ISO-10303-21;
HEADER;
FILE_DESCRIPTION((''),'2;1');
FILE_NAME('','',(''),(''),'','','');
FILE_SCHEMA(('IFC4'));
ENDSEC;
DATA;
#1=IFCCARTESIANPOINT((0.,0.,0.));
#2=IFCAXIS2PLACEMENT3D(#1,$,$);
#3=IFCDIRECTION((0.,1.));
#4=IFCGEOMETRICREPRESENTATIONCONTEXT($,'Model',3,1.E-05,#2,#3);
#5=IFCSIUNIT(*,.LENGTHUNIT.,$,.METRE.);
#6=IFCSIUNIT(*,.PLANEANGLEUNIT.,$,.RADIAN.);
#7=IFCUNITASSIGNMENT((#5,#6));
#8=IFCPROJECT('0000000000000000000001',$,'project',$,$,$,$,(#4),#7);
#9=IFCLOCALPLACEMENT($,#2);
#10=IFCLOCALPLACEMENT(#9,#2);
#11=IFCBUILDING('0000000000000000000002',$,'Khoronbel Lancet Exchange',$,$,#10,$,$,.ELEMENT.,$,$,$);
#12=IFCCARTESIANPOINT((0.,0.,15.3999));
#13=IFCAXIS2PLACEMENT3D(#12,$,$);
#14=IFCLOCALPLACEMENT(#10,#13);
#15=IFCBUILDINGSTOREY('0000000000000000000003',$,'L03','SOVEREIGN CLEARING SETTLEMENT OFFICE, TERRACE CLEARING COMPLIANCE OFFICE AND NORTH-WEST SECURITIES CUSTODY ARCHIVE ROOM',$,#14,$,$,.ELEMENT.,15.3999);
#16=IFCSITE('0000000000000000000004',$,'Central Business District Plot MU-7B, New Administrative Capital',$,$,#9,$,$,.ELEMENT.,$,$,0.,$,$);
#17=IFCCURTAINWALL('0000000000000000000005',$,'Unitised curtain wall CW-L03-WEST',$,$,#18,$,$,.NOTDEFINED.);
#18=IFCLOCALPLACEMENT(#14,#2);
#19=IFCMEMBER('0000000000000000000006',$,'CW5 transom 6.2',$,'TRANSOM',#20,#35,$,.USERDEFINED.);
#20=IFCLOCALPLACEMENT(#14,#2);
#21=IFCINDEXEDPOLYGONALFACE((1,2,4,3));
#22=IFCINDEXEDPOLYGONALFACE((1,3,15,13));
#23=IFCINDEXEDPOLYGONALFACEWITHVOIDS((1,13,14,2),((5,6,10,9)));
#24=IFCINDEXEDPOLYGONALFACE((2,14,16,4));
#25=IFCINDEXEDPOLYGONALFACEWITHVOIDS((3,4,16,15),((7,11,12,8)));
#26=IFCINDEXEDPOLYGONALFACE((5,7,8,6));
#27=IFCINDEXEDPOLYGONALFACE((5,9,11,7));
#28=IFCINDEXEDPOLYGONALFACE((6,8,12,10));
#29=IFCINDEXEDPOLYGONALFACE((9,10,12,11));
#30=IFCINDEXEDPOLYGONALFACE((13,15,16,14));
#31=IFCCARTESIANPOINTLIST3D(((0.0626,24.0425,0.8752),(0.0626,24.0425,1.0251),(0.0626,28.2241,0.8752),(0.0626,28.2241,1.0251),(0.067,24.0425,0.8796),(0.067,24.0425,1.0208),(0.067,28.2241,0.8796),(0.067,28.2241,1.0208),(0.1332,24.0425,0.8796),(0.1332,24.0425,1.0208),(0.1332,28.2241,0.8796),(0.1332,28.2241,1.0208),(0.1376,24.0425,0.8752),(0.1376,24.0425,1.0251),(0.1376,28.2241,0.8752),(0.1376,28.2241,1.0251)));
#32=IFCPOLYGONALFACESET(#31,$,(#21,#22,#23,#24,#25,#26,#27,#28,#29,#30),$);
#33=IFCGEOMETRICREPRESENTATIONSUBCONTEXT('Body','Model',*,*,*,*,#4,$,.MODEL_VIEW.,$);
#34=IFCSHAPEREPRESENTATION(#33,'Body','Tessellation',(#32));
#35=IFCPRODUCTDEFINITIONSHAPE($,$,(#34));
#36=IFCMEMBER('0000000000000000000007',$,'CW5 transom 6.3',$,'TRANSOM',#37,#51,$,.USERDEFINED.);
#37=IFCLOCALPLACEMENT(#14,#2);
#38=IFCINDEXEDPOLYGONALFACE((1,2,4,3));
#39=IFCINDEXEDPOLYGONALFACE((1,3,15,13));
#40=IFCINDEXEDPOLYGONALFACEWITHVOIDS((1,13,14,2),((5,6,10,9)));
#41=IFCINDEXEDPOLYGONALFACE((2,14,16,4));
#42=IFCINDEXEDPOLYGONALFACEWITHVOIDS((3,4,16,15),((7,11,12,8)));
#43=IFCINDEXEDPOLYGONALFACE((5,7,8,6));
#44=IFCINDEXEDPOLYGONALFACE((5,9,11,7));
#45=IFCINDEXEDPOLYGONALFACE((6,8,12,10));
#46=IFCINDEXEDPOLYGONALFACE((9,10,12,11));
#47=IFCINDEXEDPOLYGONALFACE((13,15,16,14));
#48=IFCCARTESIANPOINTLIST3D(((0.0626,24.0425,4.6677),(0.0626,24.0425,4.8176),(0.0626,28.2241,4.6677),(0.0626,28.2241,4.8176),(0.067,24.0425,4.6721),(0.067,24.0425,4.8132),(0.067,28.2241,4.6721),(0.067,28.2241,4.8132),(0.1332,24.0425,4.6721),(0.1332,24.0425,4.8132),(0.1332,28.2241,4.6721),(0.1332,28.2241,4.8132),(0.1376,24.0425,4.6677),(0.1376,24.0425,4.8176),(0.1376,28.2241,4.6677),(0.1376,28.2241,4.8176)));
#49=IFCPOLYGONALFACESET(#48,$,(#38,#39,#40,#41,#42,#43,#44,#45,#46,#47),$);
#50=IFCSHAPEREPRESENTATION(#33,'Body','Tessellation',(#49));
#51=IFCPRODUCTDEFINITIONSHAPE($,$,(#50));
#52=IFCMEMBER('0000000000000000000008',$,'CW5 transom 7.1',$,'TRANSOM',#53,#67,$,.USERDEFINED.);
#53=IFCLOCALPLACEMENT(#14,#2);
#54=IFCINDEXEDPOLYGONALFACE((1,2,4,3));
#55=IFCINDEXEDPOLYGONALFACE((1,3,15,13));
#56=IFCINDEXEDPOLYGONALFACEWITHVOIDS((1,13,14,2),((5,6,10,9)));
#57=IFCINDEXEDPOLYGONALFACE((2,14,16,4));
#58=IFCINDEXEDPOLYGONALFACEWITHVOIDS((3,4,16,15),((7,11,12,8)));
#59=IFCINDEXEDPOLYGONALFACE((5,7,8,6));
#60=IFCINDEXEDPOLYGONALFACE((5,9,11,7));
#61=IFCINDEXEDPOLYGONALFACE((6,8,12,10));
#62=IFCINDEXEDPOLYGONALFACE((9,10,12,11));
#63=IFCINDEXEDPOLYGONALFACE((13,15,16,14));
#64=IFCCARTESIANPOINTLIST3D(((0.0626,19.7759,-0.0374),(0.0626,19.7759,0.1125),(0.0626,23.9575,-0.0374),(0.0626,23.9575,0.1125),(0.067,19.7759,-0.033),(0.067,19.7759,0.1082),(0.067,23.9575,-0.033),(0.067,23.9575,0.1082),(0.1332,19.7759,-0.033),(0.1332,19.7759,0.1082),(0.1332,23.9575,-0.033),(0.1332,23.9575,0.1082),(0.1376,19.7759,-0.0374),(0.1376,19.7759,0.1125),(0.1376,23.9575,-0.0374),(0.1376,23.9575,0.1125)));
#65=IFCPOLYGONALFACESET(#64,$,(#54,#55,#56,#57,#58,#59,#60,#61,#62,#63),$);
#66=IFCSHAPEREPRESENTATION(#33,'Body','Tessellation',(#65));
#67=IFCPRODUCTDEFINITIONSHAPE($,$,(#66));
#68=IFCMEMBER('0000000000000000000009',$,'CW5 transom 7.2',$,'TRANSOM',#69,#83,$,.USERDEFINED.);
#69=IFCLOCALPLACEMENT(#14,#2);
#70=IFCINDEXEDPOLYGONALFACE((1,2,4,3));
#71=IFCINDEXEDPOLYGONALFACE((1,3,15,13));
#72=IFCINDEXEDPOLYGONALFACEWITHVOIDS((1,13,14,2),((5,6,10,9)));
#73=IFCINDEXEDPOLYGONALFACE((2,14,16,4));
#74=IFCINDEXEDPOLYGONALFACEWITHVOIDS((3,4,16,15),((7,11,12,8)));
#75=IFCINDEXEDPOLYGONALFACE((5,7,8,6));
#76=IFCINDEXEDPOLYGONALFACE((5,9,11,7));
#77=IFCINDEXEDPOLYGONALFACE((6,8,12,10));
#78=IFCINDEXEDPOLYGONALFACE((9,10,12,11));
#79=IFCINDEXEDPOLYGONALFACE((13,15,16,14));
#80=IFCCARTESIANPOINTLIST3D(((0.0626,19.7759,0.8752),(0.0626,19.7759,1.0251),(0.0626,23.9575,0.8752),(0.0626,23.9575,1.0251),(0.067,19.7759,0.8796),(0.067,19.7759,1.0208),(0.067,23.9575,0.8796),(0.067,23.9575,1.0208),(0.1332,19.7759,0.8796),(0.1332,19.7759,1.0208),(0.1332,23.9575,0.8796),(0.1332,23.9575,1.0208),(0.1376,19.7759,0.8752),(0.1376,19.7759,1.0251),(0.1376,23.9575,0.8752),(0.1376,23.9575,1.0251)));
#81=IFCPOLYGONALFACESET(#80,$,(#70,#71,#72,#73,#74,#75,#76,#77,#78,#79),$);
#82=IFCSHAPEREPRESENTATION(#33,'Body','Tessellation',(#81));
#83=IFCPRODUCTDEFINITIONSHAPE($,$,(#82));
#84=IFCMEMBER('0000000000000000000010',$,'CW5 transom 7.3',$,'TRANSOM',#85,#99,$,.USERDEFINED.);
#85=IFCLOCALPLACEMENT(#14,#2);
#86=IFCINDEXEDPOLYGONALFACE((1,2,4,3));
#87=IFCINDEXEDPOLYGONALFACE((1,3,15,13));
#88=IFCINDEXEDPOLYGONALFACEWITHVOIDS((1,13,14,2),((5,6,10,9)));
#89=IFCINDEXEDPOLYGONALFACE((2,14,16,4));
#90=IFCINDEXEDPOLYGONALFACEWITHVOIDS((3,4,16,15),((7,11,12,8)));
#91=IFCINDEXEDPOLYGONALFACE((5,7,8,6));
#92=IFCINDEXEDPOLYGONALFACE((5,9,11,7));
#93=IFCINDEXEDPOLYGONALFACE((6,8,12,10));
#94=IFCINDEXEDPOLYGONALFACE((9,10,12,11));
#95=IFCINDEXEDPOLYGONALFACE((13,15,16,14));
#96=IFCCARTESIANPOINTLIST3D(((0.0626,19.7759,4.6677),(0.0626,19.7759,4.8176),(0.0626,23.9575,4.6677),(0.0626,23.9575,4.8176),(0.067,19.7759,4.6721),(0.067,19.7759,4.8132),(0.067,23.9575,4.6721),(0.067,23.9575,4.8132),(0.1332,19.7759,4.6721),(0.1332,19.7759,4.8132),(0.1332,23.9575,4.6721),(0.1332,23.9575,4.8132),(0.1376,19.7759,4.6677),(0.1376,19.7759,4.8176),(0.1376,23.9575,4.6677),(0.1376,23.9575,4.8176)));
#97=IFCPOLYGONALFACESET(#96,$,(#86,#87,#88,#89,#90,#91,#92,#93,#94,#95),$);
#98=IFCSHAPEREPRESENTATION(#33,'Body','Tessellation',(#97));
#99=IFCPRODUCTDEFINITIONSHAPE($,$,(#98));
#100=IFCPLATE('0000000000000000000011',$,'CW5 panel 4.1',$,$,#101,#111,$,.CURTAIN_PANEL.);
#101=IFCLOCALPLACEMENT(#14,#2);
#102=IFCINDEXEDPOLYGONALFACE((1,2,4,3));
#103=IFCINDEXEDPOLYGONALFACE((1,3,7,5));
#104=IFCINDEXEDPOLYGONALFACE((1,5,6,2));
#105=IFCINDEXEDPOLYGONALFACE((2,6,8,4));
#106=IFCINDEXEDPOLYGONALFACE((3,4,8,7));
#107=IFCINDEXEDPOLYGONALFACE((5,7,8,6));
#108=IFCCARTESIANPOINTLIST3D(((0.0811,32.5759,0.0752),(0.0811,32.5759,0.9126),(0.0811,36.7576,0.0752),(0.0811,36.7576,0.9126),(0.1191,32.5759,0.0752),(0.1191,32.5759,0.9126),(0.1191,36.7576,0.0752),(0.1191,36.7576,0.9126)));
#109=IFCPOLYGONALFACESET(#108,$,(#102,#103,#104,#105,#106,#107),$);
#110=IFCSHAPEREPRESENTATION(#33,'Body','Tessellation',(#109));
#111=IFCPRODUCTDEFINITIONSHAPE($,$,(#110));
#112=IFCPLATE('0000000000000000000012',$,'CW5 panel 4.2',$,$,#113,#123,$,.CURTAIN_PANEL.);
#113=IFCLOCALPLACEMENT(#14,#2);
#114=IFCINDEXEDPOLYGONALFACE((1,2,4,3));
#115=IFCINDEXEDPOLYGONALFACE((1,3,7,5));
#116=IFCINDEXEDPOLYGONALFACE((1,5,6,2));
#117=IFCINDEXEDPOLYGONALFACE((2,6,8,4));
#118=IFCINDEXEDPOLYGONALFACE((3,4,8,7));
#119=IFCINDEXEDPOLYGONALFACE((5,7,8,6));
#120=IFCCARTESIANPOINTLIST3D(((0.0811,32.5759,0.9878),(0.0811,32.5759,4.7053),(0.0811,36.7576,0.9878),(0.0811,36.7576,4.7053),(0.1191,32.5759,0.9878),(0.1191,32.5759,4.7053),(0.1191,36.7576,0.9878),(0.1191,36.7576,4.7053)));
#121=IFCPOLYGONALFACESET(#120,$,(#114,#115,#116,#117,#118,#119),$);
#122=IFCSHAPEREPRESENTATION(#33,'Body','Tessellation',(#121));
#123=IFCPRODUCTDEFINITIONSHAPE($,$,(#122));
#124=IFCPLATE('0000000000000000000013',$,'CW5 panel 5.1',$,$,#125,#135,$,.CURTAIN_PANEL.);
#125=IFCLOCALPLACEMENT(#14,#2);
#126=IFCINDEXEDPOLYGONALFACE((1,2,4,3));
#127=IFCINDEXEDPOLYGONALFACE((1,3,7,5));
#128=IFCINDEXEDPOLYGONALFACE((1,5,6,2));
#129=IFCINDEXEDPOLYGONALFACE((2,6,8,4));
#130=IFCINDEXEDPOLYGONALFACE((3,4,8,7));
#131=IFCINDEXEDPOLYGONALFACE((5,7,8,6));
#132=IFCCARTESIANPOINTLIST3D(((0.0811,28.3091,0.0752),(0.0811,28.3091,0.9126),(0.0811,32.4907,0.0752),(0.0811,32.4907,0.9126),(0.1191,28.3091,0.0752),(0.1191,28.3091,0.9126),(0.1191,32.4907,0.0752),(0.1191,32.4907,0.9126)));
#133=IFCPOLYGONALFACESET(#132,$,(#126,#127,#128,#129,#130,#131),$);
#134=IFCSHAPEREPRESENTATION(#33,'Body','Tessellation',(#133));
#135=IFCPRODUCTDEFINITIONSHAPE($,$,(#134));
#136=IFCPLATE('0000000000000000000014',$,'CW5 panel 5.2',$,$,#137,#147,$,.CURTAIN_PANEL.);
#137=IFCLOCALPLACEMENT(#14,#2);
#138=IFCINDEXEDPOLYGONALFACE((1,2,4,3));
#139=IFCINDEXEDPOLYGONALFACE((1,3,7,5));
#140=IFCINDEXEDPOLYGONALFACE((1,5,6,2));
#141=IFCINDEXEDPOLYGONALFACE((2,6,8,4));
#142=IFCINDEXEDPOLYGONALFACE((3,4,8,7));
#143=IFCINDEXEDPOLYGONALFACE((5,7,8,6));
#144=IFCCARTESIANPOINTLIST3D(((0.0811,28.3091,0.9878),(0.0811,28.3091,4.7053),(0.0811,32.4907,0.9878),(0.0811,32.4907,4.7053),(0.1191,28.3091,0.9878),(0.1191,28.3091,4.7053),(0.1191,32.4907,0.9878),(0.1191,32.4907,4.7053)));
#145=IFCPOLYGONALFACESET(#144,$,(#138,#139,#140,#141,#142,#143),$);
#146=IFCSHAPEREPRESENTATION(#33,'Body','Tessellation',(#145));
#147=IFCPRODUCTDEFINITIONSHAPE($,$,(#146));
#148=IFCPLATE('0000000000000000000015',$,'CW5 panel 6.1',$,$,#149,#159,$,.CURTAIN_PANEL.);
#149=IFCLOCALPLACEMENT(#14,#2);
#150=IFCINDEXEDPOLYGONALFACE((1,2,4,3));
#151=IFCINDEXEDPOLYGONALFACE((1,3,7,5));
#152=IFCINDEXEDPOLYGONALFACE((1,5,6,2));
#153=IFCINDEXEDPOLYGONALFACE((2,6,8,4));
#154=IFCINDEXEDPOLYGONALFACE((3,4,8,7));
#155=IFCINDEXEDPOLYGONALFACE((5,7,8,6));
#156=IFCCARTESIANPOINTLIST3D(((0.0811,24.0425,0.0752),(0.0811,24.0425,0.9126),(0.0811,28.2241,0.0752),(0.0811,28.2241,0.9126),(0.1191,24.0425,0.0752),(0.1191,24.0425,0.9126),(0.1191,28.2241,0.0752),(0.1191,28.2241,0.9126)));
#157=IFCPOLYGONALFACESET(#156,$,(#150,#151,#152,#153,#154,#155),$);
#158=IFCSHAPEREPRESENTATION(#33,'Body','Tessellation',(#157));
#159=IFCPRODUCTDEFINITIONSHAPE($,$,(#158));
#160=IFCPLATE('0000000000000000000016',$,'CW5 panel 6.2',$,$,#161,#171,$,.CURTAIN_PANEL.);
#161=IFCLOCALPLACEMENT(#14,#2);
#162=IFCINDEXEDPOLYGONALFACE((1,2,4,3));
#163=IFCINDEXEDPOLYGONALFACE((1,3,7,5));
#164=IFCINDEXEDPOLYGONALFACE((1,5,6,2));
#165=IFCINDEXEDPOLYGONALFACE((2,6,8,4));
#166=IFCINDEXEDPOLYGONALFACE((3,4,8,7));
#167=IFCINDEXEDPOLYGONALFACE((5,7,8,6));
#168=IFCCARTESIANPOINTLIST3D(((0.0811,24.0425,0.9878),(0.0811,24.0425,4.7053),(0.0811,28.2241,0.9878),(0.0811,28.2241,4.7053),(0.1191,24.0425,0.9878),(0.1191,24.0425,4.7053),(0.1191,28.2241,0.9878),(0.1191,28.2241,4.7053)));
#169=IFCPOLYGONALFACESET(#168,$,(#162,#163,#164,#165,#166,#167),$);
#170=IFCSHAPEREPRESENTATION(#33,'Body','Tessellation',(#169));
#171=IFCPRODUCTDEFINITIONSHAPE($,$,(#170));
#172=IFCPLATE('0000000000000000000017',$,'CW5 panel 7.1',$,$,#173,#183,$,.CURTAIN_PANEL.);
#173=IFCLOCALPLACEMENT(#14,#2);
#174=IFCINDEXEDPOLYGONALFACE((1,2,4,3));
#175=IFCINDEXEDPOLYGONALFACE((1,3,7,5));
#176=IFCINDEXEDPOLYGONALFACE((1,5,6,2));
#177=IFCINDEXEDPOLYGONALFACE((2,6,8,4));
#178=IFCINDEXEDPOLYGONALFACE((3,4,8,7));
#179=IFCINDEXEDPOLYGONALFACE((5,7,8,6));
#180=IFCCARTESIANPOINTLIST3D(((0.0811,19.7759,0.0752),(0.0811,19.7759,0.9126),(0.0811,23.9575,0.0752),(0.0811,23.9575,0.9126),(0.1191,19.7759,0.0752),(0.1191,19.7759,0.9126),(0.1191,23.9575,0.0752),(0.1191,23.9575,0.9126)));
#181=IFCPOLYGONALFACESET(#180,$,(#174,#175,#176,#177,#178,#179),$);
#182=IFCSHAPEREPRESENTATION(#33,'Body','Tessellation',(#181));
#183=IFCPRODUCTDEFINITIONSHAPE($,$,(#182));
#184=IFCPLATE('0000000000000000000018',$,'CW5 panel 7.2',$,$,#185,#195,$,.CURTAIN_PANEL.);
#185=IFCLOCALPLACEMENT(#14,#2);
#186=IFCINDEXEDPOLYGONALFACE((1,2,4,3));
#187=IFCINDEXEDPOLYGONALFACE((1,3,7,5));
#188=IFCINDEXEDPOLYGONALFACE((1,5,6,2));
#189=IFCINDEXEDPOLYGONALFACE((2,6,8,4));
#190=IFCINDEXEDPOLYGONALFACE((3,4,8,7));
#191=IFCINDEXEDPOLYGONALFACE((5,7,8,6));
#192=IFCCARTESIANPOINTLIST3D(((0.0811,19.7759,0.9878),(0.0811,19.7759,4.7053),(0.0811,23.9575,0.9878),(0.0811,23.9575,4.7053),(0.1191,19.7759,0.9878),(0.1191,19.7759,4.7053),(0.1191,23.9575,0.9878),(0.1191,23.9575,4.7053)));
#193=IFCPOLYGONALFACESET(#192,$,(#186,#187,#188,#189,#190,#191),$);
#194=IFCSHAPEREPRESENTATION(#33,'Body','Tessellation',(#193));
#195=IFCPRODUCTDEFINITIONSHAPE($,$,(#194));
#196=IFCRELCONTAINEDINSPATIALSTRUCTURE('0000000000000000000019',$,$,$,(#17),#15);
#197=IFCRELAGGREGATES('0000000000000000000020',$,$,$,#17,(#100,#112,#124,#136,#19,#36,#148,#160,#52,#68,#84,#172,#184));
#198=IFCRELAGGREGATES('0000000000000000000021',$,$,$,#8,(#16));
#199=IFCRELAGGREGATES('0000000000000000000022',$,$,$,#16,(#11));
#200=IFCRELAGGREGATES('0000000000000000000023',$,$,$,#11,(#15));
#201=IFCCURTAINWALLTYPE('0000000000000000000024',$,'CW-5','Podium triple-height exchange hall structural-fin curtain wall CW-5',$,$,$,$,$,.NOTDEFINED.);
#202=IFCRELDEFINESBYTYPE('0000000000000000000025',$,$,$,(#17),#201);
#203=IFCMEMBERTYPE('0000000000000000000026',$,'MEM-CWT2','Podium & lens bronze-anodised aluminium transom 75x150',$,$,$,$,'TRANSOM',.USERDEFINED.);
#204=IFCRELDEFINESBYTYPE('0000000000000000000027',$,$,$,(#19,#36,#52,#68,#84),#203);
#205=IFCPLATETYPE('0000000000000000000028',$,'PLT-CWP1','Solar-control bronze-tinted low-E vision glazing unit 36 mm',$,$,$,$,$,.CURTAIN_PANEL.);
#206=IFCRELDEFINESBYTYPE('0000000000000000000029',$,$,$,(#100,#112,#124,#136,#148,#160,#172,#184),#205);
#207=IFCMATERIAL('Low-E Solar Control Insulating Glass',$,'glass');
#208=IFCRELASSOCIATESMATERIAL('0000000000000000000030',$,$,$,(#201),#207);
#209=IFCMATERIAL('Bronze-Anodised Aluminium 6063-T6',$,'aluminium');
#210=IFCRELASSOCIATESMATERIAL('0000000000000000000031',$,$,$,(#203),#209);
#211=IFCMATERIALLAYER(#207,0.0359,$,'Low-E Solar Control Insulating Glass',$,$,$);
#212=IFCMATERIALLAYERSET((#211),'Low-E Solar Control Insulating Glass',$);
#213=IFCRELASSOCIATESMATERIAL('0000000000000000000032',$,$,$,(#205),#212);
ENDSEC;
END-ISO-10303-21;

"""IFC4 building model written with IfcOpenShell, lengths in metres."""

from ifc_helpers import new_model, si_unit, direction, frame, origin, origin_2d, place, context, subcontext, project, spatial, rectangle, hollow_rectangle, extrude, material, layer, layer_set, material_profile, profile_set, type_object, element, aggregate, save


model = new_model("IFC4")

# Units and contexts
model_context = context("Model", 3, precision=1e-05, world=origin(), true_north=direction((0.0, 1.0)))
body_context = subcontext(model_context, "Body", "Model", "MODEL_VIEW")
ifc_project = project(units=[si_unit("LENGTHUNIT", "METRE"), si_unit("PLANEANGLEUNIT", "RADIAN")], contexts=[model_context])

# Site, building, storey
site_placement = place(None, origin())
site = spatial("IfcSite", under=ifc_project, at=site_placement, Name="Central Business District Plot MU-7B, New Administrative Capital", CompositionType="ELEMENT", RefElevation=0.0)
building_placement = place(site_placement, origin())
building = spatial("IfcBuilding", under=site, at=building_placement, Name="Khoronbel Lancet Exchange", CompositionType="ELEMENT")
storey_placement = place(building_placement, frame((0.0, 0.0, 15.3999)))
storey = spatial("IfcBuildingStorey", under=building, at=storey_placement, Name="L03", Description="SOVEREIGN CLEARING SETTLEMENT OFFICE, TERRACE CLEARING COMPLIANCE OFFICE AND NORTH-WEST SECURITIES CUSTODY ARCHIVE ROOM", CompositionType="ELEMENT", Elevation=15.3999)

# Curtain wall, members, plates
ifc_material_1 = material(Name="Low-E Solar Control Insulating Glass", Category="glass")
curtain_wall_type = type_object("IfcCurtainWallType", Name="CW-5", Description="Podium triple-height exchange hall structural-fin curtain wall CW-5", PredefinedType="NOTDEFINED", material=ifc_material_1)
curtain_wall_placement = place(storey_placement, origin())
curtain_wall = element("IfcCurtainWall", 1, at=curtain_wall_placement, inside=storey, type_object=curtain_wall_type, Name="Unitised curtain wall CW-L03-WEST", PredefinedType="NOTDEFINED")
ifc_material_2 = material(Name="Bronze-Anodised Aluminium 6063-T6", Category="aluminium")
ifc_material_profile_1 = material_profile(ifc_material_2, hollow_rectangle(XDim=0.075, YDim=0.1499, WallThickness=0.0044, at=origin_2d()), Name="ALU TRANSOM 75x150")
ifc_profile_set_1 = profile_set([ifc_material_profile_1], Name="Bronze-Anodised Aluminium 6063-T6")
member_type_1 = type_object("IfcMemberType", Name="MEM-CWT2", Description="Podium & lens bronze-anodised aluminium transom 75x150", ElementType="TRANSOM", PredefinedType="USERDEFINED", material=ifc_profile_set_1)
member_1_placement = place(storey_placement, frame((0.1001, 28.2241, 0.9502), z_axis=(0.0, -1.0, 0.0), x_axis=(1.0, 0.0, 0.0)))
member_1 = element("IfcMember", 2, at=member_1_placement, type_object=member_type_1, Name="CW5 transom 6.2", ObjectType="TRANSOM", PredefinedType="USERDEFINED", context=body_context, shape_type="SweptSolid", body=[
    extrude(hollow_rectangle(XDim=0.075, YDim=0.1499, WallThickness=0.0044, at=origin_2d()), origin(), (0.0, 0.0, 1.0), 4.1816),
])
member_2_placement = place(storey_placement, frame((0.1001, 28.2241, 4.7427), z_axis=(0.0, -1.0, 0.0), x_axis=(1.0, 0.0, 0.0)))
member_2 = element("IfcMember", 3, at=member_2_placement, type_object=member_type_1, Name="CW5 transom 6.3", ObjectType="TRANSOM", PredefinedType="USERDEFINED", context=body_context, shape_type="SweptSolid", body=[
    extrude(hollow_rectangle(XDim=0.075, YDim=0.1499, WallThickness=0.0044, at=origin_2d()), origin(), (0.0, 0.0, 1.0), 4.1816),
])
member_3_placement = place(storey_placement, frame((0.1001, 23.9575, 0.0376), z_axis=(0.0, -1.0, 0.0), x_axis=(1.0, 0.0, 0.0)))
member_3 = element("IfcMember", 4, at=member_3_placement, type_object=member_type_1, Name="CW5 transom 7.1", ObjectType="TRANSOM", PredefinedType="USERDEFINED", context=body_context, shape_type="SweptSolid", body=[
    extrude(hollow_rectangle(XDim=0.075, YDim=0.1499, WallThickness=0.0044, at=origin_2d()), origin(), (0.0, 0.0, 1.0), 4.1816),
])
member_4_placement = place(storey_placement, frame((0.1001, 23.9575, 0.9502), z_axis=(0.0, -1.0, 0.0), x_axis=(1.0, 0.0, 0.0)))
member_4 = element("IfcMember", 5, at=member_4_placement, type_object=member_type_1, Name="CW5 transom 7.2", ObjectType="TRANSOM", PredefinedType="USERDEFINED", context=body_context, shape_type="SweptSolid", body=[
    extrude(hollow_rectangle(XDim=0.075, YDim=0.1499, WallThickness=0.0044, at=origin_2d()), origin(), (0.0, 0.0, 1.0), 4.1816),
])
member_5_placement = place(storey_placement, frame((0.1001, 23.9575, 4.7427), z_axis=(0.0, -1.0, 0.0), x_axis=(1.0, 0.0, 0.0)))
member_5 = element("IfcMember", 6, at=member_5_placement, type_object=member_type_1, Name="CW5 transom 7.3", ObjectType="TRANSOM", PredefinedType="USERDEFINED", context=body_context, shape_type="SweptSolid", body=[
    extrude(hollow_rectangle(XDim=0.075, YDim=0.1499, WallThickness=0.0044, at=origin_2d()), origin(), (0.0, 0.0, 1.0), 4.1816),
])
ifc_layer_1 = layer(ifc_material_1, 0.0359, Name="Low-E Solar Control Insulating Glass")
ifc_layer_set_1 = layer_set([ifc_layer_1], Name="Low-E Solar Control Insulating Glass")
plate_type = type_object("IfcPlateType", Name="PLT-CWP1", Description="Solar-control bronze-tinted low-E vision glazing unit 36 mm", PredefinedType="CURTAIN_PANEL", material=ifc_layer_set_1)
plate_1_placement = place(storey_placement, frame((0.1001, 34.6667, 0.0752), z_axis=(0.0, 0.0, 1.0), x_axis=(0.0, -1.0, 0.0)))
plate_1 = element("IfcPlate", 7, at=plate_1_placement, type_object=plate_type, Name="CW5 panel 4.1", PredefinedType="CURTAIN_PANEL", context=body_context, shape_type="SweptSolid", body=[
    extrude(rectangle(XDim=4.1816, YDim=0.0381, at=origin_2d()), origin(), (0.0, 0.0, 1.0), 0.8374),
])
plate_2_placement = place(storey_placement, frame((0.1001, 34.6667, 0.9878), z_axis=(0.0, 0.0, 1.0), x_axis=(0.0, -1.0, 0.0)))
plate_2 = element("IfcPlate", 8, at=plate_2_placement, type_object=plate_type, Name="CW5 panel 4.2", PredefinedType="CURTAIN_PANEL", context=body_context, shape_type="SweptSolid", body=[
    extrude(rectangle(XDim=4.1816, YDim=0.0381, at=origin_2d()), origin(), (0.0, 0.0, 1.0), 3.7175),
])
plate_3_placement = place(storey_placement, frame((0.1001, 30.3999, 0.0752), z_axis=(0.0, 0.0, 1.0), x_axis=(0.0, -1.0, 0.0)))
plate_3 = element("IfcPlate", 9, at=plate_3_placement, type_object=plate_type, Name="CW5 panel 5.1", PredefinedType="CURTAIN_PANEL", context=body_context, shape_type="SweptSolid", body=[
    extrude(rectangle(XDim=4.1816, YDim=0.0381, at=origin_2d()), origin(), (0.0, 0.0, 1.0), 0.8374),
])
plate_4_placement = place(storey_placement, frame((0.1001, 30.3999, 0.9878), z_axis=(0.0, 0.0, 1.0), x_axis=(0.0, -1.0, 0.0)))
plate_4 = element("IfcPlate", 10, at=plate_4_placement, type_object=plate_type, Name="CW5 panel 5.2", PredefinedType="CURTAIN_PANEL", context=body_context, shape_type="SweptSolid", body=[
    extrude(rectangle(XDim=4.1816, YDim=0.0381, at=origin_2d()), origin(), (0.0, 0.0, 1.0), 3.7175),
])
plate_5_placement = place(storey_placement, frame((0.1001, 26.1333, 0.0752), z_axis=(0.0, 0.0, 1.0), x_axis=(0.0, -1.0, 0.0)))
plate_5 = element("IfcPlate", 11, at=plate_5_placement, type_object=plate_type, Name="CW5 panel 6.1", PredefinedType="CURTAIN_PANEL", context=body_context, shape_type="SweptSolid", body=[
    extrude(rectangle(XDim=4.1816, YDim=0.0381, at=origin_2d()), origin(), (0.0, 0.0, 1.0), 0.8374),
])
plate_6_placement = place(storey_placement, frame((0.1001, 26.1333, 0.9878), z_axis=(0.0, 0.0, 1.0), x_axis=(0.0, -1.0, 0.0)))
plate_6 = element("IfcPlate", 12, at=plate_6_placement, type_object=plate_type, Name="CW5 panel 6.2", PredefinedType="CURTAIN_PANEL", context=body_context, shape_type="SweptSolid", body=[
    extrude(rectangle(XDim=4.1816, YDim=0.0381, at=origin_2d()), origin(), (0.0, 0.0, 1.0), 3.7175),
])
plate_7_placement = place(storey_placement, frame((0.1001, 21.8667, 0.0752), z_axis=(0.0, 0.0, 1.0), x_axis=(0.0, -1.0, 0.0)))
plate_7 = element("IfcPlate", 13, at=plate_7_placement, type_object=plate_type, Name="CW5 panel 7.1", PredefinedType="CURTAIN_PANEL", context=body_context, shape_type="SweptSolid", body=[
    extrude(rectangle(XDim=4.1816, YDim=0.0381, at=origin_2d()), origin(), (0.0, 0.0, 1.0), 0.8374),
])
plate_8_placement = place(storey_placement, frame((0.1001, 21.8667, 0.9878), z_axis=(0.0, 0.0, 1.0), x_axis=(0.0, -1.0, 0.0)))
plate_8 = element("IfcPlate", 14, at=plate_8_placement, type_object=plate_type, Name="CW5 panel 7.2", PredefinedType="CURTAIN_PANEL", context=body_context, shape_type="SweptSolid", body=[
    extrude(rectangle(XDim=4.1816, YDim=0.0381, at=origin_2d()), origin(), (0.0, 0.0, 1.0), 3.7175),
])
aggregate(curtain_wall, [plate_1, plate_2, plate_3, plate_4, member_1, member_2, plate_5, plate_6, member_3, member_4, member_5, plate_7, plate_8])

save(model, "model.ifc")
